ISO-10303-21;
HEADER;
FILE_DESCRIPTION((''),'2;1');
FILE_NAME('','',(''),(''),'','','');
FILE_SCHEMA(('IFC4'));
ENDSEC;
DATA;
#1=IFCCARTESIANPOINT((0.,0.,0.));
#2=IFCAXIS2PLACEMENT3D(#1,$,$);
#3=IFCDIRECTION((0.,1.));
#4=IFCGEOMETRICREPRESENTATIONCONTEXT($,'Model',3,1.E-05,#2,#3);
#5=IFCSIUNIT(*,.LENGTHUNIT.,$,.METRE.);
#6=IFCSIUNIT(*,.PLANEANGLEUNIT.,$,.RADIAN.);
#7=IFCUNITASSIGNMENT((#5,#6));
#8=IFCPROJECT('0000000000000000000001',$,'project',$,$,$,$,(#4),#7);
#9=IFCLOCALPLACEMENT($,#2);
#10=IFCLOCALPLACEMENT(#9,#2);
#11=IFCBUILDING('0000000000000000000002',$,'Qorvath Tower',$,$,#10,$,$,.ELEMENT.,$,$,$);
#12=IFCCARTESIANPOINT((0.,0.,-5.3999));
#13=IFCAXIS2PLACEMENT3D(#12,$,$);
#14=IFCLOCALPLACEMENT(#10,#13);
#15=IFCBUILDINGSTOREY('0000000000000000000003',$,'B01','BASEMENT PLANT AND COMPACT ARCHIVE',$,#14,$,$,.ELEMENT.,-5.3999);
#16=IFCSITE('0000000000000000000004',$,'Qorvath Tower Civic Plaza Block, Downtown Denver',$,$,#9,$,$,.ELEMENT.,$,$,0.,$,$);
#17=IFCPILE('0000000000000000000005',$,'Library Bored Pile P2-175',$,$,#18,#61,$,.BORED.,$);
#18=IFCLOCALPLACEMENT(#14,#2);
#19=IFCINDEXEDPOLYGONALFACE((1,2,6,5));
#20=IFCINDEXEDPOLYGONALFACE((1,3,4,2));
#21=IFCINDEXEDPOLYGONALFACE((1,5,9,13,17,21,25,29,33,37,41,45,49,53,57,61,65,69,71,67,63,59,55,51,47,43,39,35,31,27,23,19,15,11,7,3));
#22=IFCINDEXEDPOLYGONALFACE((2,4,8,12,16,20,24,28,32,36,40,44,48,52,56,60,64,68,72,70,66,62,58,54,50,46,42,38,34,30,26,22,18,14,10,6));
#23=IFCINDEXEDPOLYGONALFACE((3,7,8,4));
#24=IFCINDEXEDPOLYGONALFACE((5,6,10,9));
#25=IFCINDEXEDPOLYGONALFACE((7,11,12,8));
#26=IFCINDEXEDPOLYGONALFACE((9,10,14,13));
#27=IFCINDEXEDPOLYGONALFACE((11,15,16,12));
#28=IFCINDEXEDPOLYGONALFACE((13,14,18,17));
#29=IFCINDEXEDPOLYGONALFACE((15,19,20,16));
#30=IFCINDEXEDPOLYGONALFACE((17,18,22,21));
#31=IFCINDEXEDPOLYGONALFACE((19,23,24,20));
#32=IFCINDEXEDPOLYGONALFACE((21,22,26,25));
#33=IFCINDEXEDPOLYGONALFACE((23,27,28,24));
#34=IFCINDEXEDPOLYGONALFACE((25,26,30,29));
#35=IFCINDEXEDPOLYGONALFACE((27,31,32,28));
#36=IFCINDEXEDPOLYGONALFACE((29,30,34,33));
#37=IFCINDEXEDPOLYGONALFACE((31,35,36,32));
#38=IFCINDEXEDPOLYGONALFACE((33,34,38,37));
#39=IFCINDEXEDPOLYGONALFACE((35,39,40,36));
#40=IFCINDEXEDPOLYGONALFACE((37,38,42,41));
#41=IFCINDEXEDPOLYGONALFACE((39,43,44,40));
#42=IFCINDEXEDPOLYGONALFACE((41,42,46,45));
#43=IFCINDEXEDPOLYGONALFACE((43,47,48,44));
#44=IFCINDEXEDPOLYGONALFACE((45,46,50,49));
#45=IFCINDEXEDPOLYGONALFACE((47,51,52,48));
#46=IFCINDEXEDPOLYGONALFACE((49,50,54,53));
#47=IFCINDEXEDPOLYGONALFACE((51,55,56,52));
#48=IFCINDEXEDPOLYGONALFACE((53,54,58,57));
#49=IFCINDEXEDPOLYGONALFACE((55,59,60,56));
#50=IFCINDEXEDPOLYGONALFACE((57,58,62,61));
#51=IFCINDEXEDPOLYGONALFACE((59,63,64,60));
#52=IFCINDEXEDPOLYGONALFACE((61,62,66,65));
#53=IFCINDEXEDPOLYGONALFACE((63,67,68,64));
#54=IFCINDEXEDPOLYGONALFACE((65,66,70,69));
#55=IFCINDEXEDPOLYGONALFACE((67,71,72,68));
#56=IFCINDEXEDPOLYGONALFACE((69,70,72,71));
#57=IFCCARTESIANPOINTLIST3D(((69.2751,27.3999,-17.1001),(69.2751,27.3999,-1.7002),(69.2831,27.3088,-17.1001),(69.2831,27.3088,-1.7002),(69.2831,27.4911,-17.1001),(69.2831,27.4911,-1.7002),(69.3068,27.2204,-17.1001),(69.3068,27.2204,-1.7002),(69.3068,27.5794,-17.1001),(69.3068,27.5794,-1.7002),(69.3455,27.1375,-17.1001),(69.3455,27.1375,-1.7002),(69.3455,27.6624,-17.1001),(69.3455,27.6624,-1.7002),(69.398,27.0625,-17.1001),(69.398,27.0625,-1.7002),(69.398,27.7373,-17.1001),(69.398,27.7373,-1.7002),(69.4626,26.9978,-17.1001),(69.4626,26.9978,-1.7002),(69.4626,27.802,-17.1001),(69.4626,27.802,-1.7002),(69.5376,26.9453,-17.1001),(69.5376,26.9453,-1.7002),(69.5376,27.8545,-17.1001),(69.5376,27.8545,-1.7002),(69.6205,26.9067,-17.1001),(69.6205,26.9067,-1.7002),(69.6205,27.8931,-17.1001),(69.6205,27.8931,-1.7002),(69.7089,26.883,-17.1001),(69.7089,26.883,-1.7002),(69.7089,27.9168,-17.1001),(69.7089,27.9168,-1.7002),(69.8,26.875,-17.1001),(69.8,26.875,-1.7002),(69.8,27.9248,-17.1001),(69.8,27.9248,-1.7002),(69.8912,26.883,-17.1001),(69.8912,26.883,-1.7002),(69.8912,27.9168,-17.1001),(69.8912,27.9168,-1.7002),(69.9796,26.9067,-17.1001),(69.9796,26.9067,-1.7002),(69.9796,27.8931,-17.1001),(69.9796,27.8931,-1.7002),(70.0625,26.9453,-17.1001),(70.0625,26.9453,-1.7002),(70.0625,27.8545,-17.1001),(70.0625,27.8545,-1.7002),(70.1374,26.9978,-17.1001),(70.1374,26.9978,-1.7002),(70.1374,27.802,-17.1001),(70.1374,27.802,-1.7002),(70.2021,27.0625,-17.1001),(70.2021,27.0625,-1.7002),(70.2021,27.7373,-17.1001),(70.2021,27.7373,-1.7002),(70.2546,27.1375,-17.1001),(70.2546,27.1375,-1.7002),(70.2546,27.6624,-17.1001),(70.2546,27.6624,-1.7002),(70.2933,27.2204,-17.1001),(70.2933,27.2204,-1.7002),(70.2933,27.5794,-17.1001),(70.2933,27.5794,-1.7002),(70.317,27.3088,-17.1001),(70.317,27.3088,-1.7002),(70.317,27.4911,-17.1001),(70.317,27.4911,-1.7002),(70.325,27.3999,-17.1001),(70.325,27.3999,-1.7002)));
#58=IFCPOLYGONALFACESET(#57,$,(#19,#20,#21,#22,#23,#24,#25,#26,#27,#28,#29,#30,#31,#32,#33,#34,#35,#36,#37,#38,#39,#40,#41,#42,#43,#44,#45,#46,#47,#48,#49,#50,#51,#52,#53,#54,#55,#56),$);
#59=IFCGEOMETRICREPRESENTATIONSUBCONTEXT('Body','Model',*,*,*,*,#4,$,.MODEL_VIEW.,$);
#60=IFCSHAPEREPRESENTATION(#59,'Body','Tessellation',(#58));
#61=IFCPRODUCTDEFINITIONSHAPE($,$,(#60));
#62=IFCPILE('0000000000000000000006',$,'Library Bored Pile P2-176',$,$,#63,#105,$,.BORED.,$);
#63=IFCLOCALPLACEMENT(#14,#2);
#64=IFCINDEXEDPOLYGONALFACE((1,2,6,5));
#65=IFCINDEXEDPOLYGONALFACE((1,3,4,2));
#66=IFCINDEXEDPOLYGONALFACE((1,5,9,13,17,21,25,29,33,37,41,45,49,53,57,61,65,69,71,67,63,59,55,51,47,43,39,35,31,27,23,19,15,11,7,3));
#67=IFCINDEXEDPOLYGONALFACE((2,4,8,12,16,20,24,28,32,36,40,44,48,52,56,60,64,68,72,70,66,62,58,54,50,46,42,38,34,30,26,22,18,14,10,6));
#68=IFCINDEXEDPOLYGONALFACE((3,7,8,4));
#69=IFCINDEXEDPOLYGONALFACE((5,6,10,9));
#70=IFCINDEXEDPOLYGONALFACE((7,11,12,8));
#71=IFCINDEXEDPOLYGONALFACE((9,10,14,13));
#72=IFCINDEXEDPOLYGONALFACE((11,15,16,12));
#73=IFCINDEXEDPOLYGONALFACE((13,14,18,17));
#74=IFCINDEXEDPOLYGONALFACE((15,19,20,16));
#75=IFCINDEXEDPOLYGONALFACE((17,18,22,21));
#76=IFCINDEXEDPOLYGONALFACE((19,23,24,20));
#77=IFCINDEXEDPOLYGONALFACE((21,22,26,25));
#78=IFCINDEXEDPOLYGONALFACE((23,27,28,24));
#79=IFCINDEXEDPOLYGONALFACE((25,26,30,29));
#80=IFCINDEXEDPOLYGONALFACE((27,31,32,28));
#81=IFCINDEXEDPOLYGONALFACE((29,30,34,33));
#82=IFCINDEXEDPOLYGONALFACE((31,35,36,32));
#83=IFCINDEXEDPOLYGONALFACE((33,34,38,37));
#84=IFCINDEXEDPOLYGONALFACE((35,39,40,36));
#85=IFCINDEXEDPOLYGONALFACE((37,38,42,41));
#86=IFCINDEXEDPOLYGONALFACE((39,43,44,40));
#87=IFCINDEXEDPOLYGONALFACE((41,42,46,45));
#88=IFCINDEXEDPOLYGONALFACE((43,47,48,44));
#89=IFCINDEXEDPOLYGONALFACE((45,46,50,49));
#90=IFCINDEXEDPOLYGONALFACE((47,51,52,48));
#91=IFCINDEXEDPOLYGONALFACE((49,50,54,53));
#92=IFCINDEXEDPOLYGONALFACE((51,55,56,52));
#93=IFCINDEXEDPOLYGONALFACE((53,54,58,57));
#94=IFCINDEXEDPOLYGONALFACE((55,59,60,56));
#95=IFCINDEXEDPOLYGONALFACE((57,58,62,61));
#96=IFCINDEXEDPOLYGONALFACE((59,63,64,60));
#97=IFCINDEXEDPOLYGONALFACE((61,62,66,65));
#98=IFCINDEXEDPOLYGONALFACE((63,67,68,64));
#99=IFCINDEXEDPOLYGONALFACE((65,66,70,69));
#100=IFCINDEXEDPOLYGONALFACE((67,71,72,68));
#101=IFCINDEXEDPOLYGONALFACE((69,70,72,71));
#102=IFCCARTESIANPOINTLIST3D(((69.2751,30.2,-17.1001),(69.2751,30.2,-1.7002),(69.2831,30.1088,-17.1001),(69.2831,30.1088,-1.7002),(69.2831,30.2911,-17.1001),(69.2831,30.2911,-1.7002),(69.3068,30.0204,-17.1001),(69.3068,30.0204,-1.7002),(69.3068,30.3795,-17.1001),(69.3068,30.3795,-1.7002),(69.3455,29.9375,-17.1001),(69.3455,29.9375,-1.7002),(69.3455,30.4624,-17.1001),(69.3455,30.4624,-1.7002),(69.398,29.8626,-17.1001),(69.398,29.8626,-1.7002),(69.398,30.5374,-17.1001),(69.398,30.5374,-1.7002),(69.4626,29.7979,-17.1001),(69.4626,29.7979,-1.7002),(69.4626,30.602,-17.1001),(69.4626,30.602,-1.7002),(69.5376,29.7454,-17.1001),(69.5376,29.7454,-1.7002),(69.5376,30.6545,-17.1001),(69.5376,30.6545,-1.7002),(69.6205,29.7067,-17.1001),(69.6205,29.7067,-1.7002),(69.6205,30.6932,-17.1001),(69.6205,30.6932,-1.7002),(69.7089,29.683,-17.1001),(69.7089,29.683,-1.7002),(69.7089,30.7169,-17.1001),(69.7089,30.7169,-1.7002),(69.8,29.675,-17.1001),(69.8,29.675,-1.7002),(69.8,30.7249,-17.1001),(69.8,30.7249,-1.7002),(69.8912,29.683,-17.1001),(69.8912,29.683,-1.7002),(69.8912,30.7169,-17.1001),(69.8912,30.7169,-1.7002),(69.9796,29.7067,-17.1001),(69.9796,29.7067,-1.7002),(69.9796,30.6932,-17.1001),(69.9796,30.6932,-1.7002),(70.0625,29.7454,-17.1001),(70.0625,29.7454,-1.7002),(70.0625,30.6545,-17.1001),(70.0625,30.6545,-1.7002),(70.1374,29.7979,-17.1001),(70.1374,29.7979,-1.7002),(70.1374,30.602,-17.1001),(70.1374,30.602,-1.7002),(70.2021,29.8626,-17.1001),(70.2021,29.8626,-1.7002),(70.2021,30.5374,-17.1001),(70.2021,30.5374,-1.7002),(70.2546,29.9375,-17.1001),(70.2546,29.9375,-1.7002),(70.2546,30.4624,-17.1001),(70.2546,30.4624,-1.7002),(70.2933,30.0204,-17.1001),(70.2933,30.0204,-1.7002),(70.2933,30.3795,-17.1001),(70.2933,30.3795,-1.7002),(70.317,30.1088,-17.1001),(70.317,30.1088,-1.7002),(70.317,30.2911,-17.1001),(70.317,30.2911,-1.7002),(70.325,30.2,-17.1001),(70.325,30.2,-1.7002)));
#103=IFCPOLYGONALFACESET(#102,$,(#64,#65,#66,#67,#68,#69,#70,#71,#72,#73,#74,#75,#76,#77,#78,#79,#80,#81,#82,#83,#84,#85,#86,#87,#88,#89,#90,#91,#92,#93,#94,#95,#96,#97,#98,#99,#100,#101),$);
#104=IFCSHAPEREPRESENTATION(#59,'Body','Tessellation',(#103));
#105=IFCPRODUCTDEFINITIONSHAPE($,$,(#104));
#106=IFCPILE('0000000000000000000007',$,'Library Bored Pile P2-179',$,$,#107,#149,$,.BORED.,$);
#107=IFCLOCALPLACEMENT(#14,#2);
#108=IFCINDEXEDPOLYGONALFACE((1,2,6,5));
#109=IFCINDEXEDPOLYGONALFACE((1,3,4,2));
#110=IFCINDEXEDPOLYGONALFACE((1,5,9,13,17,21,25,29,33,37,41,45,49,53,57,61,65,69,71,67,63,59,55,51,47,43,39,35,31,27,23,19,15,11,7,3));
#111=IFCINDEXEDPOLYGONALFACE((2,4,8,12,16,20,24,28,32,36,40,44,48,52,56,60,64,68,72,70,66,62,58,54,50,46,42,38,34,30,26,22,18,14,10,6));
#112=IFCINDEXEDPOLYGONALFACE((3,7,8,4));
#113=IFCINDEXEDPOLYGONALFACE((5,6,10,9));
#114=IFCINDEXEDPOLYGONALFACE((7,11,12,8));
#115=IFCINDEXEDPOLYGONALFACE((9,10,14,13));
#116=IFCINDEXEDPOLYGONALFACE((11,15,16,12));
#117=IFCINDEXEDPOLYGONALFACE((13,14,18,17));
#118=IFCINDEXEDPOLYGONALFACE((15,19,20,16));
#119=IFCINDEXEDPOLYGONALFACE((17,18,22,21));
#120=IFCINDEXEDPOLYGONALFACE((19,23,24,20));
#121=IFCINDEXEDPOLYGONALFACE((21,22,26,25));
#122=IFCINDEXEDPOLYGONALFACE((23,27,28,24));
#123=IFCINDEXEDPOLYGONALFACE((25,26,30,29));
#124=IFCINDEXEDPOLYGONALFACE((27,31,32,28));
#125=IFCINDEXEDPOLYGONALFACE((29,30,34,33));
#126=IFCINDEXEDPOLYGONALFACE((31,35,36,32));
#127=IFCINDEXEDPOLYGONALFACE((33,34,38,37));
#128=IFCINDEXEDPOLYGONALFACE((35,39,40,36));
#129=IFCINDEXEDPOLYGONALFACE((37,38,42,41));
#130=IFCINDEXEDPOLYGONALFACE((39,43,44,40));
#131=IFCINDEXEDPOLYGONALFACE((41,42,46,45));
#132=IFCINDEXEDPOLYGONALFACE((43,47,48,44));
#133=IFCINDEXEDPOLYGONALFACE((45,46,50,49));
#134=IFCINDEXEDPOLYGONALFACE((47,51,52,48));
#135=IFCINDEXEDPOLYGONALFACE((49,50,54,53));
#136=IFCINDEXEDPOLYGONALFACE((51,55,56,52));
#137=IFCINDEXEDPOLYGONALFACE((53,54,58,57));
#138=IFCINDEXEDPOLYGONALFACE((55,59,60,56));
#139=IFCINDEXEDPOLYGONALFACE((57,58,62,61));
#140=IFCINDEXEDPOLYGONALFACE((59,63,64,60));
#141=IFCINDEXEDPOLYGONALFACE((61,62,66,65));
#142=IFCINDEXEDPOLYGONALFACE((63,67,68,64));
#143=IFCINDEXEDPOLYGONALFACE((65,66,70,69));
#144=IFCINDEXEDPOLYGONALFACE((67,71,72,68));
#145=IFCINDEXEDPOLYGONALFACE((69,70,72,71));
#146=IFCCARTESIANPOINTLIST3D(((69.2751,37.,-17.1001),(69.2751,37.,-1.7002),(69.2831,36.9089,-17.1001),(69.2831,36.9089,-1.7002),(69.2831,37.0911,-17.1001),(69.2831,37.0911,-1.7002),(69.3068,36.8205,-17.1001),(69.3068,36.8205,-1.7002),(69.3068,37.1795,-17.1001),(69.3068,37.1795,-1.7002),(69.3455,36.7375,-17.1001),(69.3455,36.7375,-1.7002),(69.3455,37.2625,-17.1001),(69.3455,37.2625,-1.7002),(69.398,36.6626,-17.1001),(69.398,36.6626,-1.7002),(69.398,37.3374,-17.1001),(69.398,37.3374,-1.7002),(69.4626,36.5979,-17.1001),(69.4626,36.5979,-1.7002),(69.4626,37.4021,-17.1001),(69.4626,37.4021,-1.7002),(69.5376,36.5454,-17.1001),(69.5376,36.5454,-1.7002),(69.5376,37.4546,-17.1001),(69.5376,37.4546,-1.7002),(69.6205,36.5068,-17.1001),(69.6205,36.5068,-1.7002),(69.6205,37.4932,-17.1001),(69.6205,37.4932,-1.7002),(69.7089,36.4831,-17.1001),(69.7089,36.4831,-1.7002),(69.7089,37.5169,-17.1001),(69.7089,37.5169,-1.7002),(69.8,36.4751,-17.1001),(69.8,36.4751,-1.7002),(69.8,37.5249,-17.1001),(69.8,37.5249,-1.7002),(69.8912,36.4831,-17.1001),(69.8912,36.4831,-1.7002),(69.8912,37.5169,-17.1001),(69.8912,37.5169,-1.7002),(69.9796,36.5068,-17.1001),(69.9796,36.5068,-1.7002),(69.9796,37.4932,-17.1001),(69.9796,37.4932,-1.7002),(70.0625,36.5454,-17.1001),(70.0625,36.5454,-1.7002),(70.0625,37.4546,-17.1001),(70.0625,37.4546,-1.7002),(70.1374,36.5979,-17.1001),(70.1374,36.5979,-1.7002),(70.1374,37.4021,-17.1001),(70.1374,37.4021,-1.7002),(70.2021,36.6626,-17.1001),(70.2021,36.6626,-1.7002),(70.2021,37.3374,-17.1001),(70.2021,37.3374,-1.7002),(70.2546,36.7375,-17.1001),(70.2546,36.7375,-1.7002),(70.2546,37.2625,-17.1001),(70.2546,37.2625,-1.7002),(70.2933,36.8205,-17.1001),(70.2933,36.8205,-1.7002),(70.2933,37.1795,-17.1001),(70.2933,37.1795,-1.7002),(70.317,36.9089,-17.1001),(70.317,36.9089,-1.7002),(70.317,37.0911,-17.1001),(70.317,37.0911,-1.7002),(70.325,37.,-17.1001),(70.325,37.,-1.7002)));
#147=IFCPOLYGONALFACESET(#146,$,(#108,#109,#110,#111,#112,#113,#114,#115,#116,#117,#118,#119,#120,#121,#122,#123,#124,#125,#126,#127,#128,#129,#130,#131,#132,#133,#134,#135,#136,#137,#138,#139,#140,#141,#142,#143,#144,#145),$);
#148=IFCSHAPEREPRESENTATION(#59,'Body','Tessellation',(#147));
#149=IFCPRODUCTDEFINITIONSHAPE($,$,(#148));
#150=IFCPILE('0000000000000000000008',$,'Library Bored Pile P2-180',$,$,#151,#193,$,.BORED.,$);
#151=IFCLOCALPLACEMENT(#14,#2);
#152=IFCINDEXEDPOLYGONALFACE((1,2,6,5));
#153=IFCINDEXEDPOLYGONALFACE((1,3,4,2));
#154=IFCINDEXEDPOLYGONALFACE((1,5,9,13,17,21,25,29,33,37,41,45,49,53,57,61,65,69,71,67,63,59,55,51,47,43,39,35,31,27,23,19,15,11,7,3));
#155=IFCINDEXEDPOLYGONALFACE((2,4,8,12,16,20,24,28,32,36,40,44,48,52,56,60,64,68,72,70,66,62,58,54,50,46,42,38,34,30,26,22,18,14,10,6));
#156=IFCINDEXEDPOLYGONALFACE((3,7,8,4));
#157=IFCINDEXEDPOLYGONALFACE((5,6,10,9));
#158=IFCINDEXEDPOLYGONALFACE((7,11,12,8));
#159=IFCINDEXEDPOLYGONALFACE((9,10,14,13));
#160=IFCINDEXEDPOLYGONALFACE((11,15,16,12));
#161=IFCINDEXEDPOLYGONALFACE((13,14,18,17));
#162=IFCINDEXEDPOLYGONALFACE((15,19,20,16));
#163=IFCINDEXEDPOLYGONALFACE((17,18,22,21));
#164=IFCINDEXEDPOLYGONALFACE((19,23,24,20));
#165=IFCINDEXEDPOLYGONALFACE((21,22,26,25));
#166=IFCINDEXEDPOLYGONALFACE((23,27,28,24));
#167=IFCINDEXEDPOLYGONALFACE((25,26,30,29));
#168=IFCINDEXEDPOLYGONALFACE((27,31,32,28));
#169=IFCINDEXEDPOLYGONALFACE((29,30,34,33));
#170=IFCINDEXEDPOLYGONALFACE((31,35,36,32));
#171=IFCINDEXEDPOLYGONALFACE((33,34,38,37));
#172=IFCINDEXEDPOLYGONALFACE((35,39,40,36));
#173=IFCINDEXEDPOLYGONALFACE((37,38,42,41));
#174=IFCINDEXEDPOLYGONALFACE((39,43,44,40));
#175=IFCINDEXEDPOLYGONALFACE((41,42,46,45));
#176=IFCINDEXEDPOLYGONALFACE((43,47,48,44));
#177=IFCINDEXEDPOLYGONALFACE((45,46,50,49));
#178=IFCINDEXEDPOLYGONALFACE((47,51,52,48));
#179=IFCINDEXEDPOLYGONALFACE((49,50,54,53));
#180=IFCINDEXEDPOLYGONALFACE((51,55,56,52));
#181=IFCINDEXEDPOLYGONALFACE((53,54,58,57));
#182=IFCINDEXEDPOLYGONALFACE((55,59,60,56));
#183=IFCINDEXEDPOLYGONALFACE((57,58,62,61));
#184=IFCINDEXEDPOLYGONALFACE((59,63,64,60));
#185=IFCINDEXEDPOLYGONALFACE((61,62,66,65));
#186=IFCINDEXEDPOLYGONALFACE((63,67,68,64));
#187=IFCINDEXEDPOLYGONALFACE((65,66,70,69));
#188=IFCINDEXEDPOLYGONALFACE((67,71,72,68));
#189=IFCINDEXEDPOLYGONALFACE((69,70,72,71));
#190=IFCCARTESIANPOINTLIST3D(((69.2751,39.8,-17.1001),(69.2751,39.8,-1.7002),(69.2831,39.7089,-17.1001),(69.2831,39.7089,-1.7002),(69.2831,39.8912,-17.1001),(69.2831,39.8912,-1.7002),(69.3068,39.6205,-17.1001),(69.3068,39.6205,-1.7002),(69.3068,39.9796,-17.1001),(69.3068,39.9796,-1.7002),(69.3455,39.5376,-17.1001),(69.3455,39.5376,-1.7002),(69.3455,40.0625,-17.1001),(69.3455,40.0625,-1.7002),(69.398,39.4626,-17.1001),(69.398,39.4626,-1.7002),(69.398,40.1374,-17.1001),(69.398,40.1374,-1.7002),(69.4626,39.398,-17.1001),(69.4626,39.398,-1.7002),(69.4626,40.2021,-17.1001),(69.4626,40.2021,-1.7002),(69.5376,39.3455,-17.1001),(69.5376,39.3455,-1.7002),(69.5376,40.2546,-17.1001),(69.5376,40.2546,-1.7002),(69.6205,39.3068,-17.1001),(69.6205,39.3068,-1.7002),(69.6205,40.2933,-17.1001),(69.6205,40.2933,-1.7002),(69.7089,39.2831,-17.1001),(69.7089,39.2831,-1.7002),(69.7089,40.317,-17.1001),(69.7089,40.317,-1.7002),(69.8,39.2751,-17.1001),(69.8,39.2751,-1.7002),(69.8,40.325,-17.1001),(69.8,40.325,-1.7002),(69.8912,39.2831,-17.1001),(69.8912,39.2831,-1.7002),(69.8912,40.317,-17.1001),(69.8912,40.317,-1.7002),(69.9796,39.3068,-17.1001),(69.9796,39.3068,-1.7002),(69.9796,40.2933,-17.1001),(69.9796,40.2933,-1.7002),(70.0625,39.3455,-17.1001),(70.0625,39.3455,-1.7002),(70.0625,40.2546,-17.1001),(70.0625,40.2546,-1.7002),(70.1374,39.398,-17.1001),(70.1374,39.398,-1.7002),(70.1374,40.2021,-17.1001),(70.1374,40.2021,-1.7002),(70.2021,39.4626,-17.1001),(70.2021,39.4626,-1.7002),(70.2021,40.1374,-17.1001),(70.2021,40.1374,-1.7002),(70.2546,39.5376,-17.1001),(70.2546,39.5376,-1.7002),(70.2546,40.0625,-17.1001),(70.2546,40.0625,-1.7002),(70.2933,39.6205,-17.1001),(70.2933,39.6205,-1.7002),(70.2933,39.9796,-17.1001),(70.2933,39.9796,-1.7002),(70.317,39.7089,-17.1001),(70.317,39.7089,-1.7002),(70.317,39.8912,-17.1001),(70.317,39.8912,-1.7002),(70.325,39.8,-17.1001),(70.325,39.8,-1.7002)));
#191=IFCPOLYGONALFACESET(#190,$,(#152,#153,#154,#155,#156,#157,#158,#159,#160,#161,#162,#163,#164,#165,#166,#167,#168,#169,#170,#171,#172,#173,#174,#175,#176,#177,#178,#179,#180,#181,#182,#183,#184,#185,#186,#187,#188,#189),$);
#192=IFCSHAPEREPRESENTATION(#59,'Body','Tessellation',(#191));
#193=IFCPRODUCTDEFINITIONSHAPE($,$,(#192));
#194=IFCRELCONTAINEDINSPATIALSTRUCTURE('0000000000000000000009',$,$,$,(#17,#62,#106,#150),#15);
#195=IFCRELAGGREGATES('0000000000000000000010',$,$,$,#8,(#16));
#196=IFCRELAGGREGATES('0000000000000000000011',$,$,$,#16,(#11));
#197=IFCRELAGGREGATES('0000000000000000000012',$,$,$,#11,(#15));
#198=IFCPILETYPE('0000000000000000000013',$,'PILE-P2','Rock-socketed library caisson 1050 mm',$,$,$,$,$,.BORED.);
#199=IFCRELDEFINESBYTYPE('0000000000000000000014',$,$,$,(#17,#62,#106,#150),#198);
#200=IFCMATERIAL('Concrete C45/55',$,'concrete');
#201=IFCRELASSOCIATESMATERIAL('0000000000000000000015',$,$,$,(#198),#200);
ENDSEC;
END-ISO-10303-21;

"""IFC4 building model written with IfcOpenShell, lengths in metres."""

from ifc_helpers import new_model, si_unit, direction, frame, origin, origin_2d, place, context, subcontext, project, spatial, circle, extrude, material, material_profile, profile_set, type_object, element, save


model = new_model("IFC4")

# Units and contexts
model_context = context("Model", 3, precision=1e-05, world=origin(), true_north=direction((0.0, 1.0)))
body_context = subcontext(model_context, "Body", "Model", "MODEL_VIEW")
ifc_project = project(units=[si_unit("LENGTHUNIT", "METRE"), si_unit("PLANEANGLEUNIT", "RADIAN")], contexts=[model_context])

# Site, building, storey
site_placement = place(None, origin())
site = spatial("IfcSite", under=ifc_project, at=site_placement, Name="Qorvath Tower Civic Plaza Block, Downtown Denver", CompositionType="ELEMENT", RefElevation=0.0)
building_placement = place(site_placement, origin())
building = spatial("IfcBuilding", under=site, at=building_placement, Name="Qorvath Tower", CompositionType="ELEMENT")
storey_placement = place(building_placement, frame((0.0, 0.0, -5.3999)))
storey = spatial("IfcBuildingStorey", under=building, at=storey_placement, Name="B01", Description="BASEMENT PLANT AND COMPACT ARCHIVE", CompositionType="ELEMENT", Elevation=-5.3999)

# Piles
ifc_material_1 = material(Name="Concrete C45/55", Category="concrete")
ifc_material_profile_1 = material_profile(ifc_material_1, circle(Radius=0.5249, at=origin_2d()), Name="BORED PILE 1050")
ifc_profile_set_1 = profile_set([ifc_material_profile_1], Name="Concrete C45/55")
pile_type = type_object("IfcPileType", Name="PILE-P2", Description="Rock-socketed library caisson 1050 mm", PredefinedType="BORED", material=ifc_profile_set_1)
for number, where, z_axis, x_axis, name in (
    (1, (69.8, 27.3999, -1.7002), (0.0, 0.0, -1.0), (1.0, 0.0, 0.0), "Library Bored Pile P2-175"),
    (2, (69.8, 30.2, -1.7002), (0.0, 0.0, -1.0), (1.0, 0.0, 0.0), "Library Bored Pile P2-176"),
    (3, (69.8, 37.0, -1.7002), (0.0, 0.0, -1.0), (1.0, 0.0, 0.0), "Library Bored Pile P2-179"),
    (4, (69.8, 39.8, -1.7002), (0.0, 0.0, -1.0), (1.0, 0.0, 0.0), "Library Bored Pile P2-180"),
):
    element("IfcPile", number, at=place(storey_placement, frame(where, z_axis=z_axis, x_axis=x_axis)), inside=storey, type_object=pile_type, Name=name, PredefinedType="BORED", context=body_context, shape_type="SweptSolid", body=[
        extrude(circle(Radius=0.5249, at=origin_2d()), origin(), (0.0, 0.0, 1.0), 15.3999),
    ])

save(model, "model.ifc")
